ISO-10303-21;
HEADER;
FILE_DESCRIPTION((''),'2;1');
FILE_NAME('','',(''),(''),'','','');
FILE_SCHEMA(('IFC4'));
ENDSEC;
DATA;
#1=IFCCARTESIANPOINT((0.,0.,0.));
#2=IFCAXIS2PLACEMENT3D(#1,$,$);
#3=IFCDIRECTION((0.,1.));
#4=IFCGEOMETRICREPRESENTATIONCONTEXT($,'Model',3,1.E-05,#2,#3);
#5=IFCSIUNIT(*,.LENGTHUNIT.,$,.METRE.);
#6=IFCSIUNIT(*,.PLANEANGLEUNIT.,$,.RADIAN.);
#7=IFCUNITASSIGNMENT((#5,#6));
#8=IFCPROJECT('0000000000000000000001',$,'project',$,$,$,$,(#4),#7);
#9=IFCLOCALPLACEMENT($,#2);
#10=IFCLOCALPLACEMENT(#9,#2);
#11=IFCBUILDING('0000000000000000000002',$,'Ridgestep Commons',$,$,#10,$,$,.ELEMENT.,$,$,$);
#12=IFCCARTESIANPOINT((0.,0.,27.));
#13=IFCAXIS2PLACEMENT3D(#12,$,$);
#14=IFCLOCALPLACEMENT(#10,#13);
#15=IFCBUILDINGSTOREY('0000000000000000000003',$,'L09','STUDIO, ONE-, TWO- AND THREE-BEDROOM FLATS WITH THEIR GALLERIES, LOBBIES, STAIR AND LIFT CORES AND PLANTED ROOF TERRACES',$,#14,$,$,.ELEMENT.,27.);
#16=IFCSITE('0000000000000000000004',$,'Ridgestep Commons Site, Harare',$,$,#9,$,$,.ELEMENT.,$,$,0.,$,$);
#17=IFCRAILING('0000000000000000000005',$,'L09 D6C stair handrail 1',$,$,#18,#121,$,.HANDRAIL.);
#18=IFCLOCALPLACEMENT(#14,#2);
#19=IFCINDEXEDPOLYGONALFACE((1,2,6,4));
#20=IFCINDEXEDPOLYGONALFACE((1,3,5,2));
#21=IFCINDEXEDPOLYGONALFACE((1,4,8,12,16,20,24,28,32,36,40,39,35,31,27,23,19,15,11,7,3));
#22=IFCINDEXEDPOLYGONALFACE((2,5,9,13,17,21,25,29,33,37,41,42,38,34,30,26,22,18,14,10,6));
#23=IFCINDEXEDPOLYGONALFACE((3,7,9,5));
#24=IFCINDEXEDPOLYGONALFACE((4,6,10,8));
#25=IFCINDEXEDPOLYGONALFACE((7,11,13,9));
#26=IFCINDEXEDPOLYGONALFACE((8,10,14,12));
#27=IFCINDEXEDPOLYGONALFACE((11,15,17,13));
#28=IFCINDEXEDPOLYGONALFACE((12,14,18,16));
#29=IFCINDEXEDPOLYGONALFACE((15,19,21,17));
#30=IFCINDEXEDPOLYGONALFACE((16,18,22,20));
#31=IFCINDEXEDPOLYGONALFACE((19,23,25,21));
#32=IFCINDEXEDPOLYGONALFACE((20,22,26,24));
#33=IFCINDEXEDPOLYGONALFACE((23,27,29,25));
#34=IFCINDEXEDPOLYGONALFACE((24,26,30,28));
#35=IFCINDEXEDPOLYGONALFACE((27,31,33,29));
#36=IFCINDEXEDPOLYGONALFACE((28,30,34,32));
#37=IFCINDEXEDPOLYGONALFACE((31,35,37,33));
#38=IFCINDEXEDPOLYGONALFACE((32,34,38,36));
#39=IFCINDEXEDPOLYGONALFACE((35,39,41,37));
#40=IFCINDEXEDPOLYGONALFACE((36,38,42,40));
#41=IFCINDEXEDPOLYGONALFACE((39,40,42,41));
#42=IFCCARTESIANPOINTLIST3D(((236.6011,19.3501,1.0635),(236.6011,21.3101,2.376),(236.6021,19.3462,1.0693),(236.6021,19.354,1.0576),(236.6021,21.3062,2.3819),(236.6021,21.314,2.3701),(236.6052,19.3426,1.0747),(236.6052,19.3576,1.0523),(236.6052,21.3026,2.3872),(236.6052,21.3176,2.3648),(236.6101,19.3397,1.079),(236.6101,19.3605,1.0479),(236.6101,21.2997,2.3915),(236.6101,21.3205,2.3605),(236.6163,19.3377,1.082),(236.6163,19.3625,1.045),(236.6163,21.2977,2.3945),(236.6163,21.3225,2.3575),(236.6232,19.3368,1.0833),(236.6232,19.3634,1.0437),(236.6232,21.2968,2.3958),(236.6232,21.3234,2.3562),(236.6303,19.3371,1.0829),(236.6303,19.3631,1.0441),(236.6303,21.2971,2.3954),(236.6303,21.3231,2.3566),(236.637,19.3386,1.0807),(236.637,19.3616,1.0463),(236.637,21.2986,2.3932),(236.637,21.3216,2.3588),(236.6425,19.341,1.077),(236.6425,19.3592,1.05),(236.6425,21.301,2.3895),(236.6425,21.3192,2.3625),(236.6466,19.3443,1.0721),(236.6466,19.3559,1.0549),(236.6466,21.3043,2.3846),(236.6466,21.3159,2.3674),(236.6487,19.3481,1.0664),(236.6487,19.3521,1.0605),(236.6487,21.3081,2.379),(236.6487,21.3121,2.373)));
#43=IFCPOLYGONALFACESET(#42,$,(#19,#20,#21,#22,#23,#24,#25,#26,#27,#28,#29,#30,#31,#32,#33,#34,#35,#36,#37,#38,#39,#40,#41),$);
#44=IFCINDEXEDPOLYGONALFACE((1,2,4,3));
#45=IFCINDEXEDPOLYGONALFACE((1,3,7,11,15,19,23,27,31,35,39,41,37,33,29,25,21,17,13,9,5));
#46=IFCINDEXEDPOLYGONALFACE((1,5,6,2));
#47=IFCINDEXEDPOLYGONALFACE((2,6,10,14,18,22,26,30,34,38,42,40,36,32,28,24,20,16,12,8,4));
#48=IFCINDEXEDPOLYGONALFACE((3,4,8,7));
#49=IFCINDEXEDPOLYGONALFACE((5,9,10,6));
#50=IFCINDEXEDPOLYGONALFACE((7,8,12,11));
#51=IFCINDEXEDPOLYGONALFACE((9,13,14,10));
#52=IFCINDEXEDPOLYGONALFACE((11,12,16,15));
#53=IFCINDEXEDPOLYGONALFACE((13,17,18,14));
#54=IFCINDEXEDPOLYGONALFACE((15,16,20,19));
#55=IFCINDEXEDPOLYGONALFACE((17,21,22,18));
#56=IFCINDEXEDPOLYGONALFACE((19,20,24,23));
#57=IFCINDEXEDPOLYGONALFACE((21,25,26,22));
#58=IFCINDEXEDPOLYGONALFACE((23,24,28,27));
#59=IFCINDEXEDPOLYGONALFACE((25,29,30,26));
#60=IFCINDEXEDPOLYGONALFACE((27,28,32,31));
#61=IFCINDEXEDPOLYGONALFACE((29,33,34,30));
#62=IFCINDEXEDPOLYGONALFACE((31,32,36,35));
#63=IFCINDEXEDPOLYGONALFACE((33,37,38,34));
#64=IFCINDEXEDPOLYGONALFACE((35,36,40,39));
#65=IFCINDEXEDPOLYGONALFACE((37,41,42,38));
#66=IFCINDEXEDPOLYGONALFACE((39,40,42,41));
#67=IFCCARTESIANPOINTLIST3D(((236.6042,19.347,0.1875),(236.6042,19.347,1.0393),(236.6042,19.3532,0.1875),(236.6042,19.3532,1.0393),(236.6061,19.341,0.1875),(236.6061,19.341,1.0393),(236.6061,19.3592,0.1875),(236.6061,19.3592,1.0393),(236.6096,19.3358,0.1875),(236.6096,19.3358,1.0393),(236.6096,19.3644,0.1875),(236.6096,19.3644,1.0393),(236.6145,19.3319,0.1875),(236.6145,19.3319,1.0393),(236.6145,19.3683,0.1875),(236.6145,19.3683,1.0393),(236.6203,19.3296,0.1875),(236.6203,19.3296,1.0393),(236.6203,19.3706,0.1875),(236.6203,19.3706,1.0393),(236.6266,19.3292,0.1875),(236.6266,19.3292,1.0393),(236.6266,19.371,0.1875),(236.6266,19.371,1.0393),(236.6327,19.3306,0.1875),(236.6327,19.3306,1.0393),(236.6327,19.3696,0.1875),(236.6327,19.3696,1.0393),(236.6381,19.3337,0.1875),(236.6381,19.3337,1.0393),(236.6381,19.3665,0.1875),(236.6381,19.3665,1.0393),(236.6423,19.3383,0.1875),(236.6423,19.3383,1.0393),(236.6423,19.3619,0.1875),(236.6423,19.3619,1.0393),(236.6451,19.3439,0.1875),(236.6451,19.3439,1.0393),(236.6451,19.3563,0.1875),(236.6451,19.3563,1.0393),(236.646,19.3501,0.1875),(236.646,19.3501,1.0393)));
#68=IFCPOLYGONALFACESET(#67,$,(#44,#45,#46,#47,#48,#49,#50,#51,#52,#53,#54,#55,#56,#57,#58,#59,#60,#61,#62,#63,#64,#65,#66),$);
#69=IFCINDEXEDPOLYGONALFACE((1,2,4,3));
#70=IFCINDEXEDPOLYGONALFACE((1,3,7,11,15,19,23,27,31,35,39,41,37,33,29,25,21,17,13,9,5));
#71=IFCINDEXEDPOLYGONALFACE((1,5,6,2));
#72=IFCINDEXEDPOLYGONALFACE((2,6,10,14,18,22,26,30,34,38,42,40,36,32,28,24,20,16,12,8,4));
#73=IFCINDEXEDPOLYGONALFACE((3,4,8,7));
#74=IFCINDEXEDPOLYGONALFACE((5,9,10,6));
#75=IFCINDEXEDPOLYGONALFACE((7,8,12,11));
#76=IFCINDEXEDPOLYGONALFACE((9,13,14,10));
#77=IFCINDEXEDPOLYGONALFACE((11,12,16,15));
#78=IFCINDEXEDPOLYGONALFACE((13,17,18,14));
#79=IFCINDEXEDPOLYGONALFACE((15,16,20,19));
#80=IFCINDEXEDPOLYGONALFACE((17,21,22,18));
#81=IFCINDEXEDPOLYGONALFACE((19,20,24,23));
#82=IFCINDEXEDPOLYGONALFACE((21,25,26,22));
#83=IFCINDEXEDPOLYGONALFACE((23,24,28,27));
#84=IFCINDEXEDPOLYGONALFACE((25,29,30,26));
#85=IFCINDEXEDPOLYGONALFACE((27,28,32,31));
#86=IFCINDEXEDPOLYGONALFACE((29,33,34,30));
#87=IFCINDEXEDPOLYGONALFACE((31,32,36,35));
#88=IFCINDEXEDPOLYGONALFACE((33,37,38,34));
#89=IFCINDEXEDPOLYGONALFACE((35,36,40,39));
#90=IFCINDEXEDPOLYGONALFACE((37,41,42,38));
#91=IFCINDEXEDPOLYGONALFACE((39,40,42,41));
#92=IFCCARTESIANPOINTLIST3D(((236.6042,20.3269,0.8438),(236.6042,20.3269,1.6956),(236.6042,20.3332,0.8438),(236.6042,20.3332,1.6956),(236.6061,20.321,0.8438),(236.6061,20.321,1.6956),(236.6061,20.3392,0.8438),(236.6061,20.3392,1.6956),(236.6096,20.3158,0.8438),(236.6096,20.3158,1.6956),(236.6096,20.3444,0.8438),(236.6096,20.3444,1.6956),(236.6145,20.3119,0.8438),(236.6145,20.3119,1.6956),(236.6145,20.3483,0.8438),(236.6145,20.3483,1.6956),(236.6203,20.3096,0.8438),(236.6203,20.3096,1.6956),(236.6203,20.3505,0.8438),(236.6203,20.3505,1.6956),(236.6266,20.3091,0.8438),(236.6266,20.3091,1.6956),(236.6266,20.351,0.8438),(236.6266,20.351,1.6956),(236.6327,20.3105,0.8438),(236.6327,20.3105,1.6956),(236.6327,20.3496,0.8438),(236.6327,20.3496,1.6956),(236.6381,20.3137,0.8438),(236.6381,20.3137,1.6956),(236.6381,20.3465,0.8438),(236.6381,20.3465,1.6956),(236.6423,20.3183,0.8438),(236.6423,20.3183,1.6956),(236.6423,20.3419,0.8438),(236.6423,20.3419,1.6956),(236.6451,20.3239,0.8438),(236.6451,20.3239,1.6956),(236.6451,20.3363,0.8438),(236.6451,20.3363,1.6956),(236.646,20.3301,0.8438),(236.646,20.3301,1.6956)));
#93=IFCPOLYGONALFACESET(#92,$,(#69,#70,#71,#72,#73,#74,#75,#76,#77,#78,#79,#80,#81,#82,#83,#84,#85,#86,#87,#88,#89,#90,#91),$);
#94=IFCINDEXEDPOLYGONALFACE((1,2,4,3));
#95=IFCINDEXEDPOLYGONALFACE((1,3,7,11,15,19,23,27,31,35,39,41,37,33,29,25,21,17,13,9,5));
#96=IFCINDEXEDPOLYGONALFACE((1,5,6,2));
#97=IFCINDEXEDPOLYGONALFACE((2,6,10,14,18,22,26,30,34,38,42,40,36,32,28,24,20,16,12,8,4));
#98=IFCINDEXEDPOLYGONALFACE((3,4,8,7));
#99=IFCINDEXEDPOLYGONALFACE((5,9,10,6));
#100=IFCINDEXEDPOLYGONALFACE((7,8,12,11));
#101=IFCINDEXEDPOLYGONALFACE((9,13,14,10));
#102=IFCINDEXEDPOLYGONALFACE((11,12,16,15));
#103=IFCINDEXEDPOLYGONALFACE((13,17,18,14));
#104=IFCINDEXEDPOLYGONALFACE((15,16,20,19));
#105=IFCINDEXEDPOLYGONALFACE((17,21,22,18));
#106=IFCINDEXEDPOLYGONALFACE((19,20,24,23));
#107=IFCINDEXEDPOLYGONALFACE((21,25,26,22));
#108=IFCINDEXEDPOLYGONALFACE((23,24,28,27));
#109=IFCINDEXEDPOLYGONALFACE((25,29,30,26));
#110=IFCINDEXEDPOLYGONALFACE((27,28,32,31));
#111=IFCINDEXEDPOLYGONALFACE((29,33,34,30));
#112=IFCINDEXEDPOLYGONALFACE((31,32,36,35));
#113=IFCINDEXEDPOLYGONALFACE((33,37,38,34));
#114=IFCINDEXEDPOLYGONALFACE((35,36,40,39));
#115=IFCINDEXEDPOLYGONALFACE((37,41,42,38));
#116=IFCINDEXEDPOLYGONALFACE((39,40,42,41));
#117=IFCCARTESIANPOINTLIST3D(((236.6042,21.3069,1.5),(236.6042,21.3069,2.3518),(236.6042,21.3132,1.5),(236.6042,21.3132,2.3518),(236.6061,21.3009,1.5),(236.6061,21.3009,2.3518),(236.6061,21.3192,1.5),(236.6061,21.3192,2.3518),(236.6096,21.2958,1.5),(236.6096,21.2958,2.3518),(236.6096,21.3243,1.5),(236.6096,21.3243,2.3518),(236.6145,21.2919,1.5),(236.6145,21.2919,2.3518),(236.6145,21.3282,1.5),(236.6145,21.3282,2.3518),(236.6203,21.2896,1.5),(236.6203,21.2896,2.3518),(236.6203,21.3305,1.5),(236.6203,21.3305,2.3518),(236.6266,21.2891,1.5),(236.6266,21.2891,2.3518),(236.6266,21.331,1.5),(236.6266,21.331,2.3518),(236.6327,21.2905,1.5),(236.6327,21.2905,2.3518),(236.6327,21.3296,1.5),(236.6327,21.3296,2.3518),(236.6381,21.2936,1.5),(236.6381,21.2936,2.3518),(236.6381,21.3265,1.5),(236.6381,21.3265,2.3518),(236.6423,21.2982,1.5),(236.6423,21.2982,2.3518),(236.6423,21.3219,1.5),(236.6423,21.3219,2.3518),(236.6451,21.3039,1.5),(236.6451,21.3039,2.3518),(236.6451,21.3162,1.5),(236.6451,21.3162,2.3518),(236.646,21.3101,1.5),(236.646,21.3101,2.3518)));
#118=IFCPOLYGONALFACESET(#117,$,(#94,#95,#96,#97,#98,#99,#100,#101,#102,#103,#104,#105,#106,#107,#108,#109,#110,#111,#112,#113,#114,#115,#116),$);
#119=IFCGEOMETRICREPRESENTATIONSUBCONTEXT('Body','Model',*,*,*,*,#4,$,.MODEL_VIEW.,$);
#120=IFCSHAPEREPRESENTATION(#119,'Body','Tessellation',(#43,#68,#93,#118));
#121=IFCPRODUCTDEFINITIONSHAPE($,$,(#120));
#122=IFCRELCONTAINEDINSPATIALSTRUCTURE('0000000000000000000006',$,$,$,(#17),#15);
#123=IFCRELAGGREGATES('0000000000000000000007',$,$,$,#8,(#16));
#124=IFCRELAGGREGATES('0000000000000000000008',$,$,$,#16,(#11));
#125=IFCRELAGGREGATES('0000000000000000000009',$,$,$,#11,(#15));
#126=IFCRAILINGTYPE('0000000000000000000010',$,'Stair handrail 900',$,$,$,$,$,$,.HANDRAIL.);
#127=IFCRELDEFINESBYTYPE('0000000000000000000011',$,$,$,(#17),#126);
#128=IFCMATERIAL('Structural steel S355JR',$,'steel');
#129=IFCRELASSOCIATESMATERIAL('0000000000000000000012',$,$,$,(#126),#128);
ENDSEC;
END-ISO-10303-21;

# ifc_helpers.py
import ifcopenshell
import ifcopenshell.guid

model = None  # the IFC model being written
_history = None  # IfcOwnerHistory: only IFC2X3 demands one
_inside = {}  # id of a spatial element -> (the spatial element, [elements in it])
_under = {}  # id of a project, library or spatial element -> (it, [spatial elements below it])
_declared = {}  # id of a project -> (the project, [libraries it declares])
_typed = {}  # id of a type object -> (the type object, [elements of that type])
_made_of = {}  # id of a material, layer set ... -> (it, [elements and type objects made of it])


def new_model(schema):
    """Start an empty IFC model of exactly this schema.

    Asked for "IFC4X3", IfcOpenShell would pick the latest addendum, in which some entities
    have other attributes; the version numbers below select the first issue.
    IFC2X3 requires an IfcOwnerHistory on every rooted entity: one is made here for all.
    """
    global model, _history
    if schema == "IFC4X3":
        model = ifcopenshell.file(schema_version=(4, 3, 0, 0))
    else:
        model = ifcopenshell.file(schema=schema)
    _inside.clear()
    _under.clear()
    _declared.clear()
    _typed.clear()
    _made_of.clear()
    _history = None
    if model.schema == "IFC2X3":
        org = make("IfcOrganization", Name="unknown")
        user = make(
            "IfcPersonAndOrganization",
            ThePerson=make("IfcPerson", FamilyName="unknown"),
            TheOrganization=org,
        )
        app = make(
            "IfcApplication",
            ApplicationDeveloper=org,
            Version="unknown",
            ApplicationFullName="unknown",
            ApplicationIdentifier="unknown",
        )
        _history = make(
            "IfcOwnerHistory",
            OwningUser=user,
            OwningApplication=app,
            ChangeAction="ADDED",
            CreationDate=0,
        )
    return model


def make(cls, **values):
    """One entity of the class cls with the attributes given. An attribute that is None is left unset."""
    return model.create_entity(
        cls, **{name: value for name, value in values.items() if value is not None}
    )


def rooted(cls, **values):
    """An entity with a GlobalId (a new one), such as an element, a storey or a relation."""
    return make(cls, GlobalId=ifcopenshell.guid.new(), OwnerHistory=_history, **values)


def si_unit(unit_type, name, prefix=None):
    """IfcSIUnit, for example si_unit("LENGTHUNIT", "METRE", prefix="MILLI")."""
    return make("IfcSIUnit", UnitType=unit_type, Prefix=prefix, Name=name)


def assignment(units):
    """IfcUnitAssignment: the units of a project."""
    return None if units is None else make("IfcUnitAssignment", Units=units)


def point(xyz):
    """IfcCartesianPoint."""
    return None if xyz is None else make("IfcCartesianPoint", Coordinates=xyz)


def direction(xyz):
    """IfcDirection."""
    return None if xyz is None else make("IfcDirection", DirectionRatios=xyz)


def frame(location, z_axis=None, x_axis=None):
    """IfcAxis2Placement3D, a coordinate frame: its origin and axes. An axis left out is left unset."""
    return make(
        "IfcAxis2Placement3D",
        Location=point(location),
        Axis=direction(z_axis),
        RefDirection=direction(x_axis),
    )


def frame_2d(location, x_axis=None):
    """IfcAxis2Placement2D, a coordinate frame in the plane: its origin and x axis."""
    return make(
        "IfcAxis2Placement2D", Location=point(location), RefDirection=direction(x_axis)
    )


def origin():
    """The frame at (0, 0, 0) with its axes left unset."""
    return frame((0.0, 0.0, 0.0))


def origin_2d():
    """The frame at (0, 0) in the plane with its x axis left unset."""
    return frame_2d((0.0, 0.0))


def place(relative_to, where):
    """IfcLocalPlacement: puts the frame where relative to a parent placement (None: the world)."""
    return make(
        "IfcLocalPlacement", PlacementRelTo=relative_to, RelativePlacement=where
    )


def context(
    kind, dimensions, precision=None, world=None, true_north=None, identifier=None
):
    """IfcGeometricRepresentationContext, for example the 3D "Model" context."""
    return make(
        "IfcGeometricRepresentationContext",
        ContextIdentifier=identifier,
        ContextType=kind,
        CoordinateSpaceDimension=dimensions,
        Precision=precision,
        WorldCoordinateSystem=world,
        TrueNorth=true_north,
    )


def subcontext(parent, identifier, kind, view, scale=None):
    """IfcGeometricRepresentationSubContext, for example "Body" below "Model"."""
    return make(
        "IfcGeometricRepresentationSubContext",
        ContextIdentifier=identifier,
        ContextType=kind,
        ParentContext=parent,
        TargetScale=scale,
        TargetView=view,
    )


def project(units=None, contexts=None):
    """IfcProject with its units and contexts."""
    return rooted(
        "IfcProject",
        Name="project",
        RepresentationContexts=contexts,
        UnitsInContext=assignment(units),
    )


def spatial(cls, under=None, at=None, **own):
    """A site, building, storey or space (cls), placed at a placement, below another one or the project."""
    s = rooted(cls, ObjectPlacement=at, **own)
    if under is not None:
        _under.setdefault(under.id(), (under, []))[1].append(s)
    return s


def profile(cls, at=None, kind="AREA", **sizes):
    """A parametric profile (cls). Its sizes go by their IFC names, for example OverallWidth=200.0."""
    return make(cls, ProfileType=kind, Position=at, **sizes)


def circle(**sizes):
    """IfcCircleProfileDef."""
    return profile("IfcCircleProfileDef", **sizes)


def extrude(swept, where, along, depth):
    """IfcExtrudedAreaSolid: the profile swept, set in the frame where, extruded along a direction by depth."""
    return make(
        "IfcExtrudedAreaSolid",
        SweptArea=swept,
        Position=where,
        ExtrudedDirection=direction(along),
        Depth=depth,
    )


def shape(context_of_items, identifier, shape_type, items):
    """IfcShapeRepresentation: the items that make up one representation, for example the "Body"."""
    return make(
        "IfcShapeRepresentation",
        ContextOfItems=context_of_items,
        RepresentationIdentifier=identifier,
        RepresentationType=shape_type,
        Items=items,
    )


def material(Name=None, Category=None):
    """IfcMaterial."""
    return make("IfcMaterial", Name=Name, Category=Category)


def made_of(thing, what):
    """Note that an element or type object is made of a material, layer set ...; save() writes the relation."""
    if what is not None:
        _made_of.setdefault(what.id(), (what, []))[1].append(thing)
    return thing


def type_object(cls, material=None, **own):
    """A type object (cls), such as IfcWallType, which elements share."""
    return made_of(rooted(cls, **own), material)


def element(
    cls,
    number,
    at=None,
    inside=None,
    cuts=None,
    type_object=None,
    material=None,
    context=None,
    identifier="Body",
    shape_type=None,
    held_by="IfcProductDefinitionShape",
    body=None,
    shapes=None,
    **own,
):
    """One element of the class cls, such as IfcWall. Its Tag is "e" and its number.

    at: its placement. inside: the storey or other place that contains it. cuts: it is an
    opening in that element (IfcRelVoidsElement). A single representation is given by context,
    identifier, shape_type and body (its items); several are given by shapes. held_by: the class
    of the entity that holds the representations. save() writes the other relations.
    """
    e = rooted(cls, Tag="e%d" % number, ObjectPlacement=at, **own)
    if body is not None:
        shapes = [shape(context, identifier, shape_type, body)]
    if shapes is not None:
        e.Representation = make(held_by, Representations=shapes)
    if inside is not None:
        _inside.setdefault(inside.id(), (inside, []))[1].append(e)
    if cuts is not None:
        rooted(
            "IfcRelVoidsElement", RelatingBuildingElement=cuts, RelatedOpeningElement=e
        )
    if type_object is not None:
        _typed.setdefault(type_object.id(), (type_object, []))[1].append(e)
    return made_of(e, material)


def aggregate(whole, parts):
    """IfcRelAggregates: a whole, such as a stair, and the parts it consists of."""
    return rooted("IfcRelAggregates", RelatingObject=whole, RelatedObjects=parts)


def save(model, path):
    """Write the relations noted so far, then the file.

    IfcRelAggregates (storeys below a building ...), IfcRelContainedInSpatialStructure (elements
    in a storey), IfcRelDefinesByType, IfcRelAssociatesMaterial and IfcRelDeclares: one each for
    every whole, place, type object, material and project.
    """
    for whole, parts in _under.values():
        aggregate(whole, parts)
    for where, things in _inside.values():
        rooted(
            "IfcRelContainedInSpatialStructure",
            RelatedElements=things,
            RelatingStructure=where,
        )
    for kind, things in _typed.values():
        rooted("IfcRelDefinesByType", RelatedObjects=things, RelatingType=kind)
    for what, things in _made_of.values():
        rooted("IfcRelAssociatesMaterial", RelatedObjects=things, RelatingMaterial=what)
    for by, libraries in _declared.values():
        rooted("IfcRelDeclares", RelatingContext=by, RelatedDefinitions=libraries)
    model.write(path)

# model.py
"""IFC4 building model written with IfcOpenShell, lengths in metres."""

from ifc_helpers import new_model, si_unit, direction, frame, origin, origin_2d, place, context, subcontext, project, spatial, circle, extrude, material, type_object, element, save


model = new_model("IFC4")

# Units and contexts
model_context = context("Model", 3, precision=1e-05, world=origin(), true_north=direction((0.0, 1.0)))
body_context = subcontext(model_context, "Body", "Model", "MODEL_VIEW")
ifc_project = project(units=[si_unit("LENGTHUNIT", "METRE"), si_unit("PLANEANGLEUNIT", "RADIAN")], contexts=[model_context])

# Site, building, storey
site_placement = place(None, origin())
site = spatial("IfcSite", under=ifc_project, at=site_placement, Name="Ridgestep Commons Site, Harare", CompositionType="ELEMENT", RefElevation=0.0)
building_placement = place(site_placement, origin())
building = spatial("IfcBuilding", under=site, at=building_placement, Name="Ridgestep Commons", CompositionType="ELEMENT")
storey_placement = place(building_placement, frame((0.0, 0.0, 27.0)))
storey = spatial("IfcBuildingStorey", under=building, at=storey_placement, Name="L09", Description="STUDIO, ONE-, TWO- AND THREE-BEDROOM FLATS WITH THEIR GALLERIES, LOBBIES, STAIR AND LIFT CORES AND PLANTED ROOF TERRACES", CompositionType="ELEMENT", Elevation=27.0)

# Railing
ifc_material_1 = material(Name="Structural steel S355JR", Category="steel")
railing_type_1 = type_object("IfcRailingType", Name="Stair handrail 900", PredefinedType="HANDRAIL", material=ifc_material_1)
railing_1_placement = place(storey_placement, frame((236.625, 19.3501, 0.1875)))
element("IfcRailing", 1, at=railing_1_placement, inside=storey, type_object=railing_type_1, Name="L09 D6C stair handrail 1", PredefinedType="HANDRAIL", context=body_context, shape_type="SweptSolid", body=[
    extrude(circle(Radius=0.0239, at=origin_2d()), frame((0.0, 0.0, 0.876), z_axis=(0.0, 0.830902, 0.556419), x_axis=(-1.0, 0.0, 0.0)), (0.0, 0.0, 1.0), 2.3589),
    extrude(circle(Radius=0.021, at=origin_2d()), origin(), (0.0, 0.0, 1.0), 0.8518),
    extrude(circle(Radius=0.021, at=origin_2d()), frame((0.0, 0.98, 0.6562)), (0.0, 0.0, 1.0), 0.8518),
    extrude(circle(Radius=0.021, at=origin_2d()), frame((0.0, 1.96, 1.3125)), (0.0, 0.0, 1.0), 0.8518),
])

save(model, "model.ifc")
